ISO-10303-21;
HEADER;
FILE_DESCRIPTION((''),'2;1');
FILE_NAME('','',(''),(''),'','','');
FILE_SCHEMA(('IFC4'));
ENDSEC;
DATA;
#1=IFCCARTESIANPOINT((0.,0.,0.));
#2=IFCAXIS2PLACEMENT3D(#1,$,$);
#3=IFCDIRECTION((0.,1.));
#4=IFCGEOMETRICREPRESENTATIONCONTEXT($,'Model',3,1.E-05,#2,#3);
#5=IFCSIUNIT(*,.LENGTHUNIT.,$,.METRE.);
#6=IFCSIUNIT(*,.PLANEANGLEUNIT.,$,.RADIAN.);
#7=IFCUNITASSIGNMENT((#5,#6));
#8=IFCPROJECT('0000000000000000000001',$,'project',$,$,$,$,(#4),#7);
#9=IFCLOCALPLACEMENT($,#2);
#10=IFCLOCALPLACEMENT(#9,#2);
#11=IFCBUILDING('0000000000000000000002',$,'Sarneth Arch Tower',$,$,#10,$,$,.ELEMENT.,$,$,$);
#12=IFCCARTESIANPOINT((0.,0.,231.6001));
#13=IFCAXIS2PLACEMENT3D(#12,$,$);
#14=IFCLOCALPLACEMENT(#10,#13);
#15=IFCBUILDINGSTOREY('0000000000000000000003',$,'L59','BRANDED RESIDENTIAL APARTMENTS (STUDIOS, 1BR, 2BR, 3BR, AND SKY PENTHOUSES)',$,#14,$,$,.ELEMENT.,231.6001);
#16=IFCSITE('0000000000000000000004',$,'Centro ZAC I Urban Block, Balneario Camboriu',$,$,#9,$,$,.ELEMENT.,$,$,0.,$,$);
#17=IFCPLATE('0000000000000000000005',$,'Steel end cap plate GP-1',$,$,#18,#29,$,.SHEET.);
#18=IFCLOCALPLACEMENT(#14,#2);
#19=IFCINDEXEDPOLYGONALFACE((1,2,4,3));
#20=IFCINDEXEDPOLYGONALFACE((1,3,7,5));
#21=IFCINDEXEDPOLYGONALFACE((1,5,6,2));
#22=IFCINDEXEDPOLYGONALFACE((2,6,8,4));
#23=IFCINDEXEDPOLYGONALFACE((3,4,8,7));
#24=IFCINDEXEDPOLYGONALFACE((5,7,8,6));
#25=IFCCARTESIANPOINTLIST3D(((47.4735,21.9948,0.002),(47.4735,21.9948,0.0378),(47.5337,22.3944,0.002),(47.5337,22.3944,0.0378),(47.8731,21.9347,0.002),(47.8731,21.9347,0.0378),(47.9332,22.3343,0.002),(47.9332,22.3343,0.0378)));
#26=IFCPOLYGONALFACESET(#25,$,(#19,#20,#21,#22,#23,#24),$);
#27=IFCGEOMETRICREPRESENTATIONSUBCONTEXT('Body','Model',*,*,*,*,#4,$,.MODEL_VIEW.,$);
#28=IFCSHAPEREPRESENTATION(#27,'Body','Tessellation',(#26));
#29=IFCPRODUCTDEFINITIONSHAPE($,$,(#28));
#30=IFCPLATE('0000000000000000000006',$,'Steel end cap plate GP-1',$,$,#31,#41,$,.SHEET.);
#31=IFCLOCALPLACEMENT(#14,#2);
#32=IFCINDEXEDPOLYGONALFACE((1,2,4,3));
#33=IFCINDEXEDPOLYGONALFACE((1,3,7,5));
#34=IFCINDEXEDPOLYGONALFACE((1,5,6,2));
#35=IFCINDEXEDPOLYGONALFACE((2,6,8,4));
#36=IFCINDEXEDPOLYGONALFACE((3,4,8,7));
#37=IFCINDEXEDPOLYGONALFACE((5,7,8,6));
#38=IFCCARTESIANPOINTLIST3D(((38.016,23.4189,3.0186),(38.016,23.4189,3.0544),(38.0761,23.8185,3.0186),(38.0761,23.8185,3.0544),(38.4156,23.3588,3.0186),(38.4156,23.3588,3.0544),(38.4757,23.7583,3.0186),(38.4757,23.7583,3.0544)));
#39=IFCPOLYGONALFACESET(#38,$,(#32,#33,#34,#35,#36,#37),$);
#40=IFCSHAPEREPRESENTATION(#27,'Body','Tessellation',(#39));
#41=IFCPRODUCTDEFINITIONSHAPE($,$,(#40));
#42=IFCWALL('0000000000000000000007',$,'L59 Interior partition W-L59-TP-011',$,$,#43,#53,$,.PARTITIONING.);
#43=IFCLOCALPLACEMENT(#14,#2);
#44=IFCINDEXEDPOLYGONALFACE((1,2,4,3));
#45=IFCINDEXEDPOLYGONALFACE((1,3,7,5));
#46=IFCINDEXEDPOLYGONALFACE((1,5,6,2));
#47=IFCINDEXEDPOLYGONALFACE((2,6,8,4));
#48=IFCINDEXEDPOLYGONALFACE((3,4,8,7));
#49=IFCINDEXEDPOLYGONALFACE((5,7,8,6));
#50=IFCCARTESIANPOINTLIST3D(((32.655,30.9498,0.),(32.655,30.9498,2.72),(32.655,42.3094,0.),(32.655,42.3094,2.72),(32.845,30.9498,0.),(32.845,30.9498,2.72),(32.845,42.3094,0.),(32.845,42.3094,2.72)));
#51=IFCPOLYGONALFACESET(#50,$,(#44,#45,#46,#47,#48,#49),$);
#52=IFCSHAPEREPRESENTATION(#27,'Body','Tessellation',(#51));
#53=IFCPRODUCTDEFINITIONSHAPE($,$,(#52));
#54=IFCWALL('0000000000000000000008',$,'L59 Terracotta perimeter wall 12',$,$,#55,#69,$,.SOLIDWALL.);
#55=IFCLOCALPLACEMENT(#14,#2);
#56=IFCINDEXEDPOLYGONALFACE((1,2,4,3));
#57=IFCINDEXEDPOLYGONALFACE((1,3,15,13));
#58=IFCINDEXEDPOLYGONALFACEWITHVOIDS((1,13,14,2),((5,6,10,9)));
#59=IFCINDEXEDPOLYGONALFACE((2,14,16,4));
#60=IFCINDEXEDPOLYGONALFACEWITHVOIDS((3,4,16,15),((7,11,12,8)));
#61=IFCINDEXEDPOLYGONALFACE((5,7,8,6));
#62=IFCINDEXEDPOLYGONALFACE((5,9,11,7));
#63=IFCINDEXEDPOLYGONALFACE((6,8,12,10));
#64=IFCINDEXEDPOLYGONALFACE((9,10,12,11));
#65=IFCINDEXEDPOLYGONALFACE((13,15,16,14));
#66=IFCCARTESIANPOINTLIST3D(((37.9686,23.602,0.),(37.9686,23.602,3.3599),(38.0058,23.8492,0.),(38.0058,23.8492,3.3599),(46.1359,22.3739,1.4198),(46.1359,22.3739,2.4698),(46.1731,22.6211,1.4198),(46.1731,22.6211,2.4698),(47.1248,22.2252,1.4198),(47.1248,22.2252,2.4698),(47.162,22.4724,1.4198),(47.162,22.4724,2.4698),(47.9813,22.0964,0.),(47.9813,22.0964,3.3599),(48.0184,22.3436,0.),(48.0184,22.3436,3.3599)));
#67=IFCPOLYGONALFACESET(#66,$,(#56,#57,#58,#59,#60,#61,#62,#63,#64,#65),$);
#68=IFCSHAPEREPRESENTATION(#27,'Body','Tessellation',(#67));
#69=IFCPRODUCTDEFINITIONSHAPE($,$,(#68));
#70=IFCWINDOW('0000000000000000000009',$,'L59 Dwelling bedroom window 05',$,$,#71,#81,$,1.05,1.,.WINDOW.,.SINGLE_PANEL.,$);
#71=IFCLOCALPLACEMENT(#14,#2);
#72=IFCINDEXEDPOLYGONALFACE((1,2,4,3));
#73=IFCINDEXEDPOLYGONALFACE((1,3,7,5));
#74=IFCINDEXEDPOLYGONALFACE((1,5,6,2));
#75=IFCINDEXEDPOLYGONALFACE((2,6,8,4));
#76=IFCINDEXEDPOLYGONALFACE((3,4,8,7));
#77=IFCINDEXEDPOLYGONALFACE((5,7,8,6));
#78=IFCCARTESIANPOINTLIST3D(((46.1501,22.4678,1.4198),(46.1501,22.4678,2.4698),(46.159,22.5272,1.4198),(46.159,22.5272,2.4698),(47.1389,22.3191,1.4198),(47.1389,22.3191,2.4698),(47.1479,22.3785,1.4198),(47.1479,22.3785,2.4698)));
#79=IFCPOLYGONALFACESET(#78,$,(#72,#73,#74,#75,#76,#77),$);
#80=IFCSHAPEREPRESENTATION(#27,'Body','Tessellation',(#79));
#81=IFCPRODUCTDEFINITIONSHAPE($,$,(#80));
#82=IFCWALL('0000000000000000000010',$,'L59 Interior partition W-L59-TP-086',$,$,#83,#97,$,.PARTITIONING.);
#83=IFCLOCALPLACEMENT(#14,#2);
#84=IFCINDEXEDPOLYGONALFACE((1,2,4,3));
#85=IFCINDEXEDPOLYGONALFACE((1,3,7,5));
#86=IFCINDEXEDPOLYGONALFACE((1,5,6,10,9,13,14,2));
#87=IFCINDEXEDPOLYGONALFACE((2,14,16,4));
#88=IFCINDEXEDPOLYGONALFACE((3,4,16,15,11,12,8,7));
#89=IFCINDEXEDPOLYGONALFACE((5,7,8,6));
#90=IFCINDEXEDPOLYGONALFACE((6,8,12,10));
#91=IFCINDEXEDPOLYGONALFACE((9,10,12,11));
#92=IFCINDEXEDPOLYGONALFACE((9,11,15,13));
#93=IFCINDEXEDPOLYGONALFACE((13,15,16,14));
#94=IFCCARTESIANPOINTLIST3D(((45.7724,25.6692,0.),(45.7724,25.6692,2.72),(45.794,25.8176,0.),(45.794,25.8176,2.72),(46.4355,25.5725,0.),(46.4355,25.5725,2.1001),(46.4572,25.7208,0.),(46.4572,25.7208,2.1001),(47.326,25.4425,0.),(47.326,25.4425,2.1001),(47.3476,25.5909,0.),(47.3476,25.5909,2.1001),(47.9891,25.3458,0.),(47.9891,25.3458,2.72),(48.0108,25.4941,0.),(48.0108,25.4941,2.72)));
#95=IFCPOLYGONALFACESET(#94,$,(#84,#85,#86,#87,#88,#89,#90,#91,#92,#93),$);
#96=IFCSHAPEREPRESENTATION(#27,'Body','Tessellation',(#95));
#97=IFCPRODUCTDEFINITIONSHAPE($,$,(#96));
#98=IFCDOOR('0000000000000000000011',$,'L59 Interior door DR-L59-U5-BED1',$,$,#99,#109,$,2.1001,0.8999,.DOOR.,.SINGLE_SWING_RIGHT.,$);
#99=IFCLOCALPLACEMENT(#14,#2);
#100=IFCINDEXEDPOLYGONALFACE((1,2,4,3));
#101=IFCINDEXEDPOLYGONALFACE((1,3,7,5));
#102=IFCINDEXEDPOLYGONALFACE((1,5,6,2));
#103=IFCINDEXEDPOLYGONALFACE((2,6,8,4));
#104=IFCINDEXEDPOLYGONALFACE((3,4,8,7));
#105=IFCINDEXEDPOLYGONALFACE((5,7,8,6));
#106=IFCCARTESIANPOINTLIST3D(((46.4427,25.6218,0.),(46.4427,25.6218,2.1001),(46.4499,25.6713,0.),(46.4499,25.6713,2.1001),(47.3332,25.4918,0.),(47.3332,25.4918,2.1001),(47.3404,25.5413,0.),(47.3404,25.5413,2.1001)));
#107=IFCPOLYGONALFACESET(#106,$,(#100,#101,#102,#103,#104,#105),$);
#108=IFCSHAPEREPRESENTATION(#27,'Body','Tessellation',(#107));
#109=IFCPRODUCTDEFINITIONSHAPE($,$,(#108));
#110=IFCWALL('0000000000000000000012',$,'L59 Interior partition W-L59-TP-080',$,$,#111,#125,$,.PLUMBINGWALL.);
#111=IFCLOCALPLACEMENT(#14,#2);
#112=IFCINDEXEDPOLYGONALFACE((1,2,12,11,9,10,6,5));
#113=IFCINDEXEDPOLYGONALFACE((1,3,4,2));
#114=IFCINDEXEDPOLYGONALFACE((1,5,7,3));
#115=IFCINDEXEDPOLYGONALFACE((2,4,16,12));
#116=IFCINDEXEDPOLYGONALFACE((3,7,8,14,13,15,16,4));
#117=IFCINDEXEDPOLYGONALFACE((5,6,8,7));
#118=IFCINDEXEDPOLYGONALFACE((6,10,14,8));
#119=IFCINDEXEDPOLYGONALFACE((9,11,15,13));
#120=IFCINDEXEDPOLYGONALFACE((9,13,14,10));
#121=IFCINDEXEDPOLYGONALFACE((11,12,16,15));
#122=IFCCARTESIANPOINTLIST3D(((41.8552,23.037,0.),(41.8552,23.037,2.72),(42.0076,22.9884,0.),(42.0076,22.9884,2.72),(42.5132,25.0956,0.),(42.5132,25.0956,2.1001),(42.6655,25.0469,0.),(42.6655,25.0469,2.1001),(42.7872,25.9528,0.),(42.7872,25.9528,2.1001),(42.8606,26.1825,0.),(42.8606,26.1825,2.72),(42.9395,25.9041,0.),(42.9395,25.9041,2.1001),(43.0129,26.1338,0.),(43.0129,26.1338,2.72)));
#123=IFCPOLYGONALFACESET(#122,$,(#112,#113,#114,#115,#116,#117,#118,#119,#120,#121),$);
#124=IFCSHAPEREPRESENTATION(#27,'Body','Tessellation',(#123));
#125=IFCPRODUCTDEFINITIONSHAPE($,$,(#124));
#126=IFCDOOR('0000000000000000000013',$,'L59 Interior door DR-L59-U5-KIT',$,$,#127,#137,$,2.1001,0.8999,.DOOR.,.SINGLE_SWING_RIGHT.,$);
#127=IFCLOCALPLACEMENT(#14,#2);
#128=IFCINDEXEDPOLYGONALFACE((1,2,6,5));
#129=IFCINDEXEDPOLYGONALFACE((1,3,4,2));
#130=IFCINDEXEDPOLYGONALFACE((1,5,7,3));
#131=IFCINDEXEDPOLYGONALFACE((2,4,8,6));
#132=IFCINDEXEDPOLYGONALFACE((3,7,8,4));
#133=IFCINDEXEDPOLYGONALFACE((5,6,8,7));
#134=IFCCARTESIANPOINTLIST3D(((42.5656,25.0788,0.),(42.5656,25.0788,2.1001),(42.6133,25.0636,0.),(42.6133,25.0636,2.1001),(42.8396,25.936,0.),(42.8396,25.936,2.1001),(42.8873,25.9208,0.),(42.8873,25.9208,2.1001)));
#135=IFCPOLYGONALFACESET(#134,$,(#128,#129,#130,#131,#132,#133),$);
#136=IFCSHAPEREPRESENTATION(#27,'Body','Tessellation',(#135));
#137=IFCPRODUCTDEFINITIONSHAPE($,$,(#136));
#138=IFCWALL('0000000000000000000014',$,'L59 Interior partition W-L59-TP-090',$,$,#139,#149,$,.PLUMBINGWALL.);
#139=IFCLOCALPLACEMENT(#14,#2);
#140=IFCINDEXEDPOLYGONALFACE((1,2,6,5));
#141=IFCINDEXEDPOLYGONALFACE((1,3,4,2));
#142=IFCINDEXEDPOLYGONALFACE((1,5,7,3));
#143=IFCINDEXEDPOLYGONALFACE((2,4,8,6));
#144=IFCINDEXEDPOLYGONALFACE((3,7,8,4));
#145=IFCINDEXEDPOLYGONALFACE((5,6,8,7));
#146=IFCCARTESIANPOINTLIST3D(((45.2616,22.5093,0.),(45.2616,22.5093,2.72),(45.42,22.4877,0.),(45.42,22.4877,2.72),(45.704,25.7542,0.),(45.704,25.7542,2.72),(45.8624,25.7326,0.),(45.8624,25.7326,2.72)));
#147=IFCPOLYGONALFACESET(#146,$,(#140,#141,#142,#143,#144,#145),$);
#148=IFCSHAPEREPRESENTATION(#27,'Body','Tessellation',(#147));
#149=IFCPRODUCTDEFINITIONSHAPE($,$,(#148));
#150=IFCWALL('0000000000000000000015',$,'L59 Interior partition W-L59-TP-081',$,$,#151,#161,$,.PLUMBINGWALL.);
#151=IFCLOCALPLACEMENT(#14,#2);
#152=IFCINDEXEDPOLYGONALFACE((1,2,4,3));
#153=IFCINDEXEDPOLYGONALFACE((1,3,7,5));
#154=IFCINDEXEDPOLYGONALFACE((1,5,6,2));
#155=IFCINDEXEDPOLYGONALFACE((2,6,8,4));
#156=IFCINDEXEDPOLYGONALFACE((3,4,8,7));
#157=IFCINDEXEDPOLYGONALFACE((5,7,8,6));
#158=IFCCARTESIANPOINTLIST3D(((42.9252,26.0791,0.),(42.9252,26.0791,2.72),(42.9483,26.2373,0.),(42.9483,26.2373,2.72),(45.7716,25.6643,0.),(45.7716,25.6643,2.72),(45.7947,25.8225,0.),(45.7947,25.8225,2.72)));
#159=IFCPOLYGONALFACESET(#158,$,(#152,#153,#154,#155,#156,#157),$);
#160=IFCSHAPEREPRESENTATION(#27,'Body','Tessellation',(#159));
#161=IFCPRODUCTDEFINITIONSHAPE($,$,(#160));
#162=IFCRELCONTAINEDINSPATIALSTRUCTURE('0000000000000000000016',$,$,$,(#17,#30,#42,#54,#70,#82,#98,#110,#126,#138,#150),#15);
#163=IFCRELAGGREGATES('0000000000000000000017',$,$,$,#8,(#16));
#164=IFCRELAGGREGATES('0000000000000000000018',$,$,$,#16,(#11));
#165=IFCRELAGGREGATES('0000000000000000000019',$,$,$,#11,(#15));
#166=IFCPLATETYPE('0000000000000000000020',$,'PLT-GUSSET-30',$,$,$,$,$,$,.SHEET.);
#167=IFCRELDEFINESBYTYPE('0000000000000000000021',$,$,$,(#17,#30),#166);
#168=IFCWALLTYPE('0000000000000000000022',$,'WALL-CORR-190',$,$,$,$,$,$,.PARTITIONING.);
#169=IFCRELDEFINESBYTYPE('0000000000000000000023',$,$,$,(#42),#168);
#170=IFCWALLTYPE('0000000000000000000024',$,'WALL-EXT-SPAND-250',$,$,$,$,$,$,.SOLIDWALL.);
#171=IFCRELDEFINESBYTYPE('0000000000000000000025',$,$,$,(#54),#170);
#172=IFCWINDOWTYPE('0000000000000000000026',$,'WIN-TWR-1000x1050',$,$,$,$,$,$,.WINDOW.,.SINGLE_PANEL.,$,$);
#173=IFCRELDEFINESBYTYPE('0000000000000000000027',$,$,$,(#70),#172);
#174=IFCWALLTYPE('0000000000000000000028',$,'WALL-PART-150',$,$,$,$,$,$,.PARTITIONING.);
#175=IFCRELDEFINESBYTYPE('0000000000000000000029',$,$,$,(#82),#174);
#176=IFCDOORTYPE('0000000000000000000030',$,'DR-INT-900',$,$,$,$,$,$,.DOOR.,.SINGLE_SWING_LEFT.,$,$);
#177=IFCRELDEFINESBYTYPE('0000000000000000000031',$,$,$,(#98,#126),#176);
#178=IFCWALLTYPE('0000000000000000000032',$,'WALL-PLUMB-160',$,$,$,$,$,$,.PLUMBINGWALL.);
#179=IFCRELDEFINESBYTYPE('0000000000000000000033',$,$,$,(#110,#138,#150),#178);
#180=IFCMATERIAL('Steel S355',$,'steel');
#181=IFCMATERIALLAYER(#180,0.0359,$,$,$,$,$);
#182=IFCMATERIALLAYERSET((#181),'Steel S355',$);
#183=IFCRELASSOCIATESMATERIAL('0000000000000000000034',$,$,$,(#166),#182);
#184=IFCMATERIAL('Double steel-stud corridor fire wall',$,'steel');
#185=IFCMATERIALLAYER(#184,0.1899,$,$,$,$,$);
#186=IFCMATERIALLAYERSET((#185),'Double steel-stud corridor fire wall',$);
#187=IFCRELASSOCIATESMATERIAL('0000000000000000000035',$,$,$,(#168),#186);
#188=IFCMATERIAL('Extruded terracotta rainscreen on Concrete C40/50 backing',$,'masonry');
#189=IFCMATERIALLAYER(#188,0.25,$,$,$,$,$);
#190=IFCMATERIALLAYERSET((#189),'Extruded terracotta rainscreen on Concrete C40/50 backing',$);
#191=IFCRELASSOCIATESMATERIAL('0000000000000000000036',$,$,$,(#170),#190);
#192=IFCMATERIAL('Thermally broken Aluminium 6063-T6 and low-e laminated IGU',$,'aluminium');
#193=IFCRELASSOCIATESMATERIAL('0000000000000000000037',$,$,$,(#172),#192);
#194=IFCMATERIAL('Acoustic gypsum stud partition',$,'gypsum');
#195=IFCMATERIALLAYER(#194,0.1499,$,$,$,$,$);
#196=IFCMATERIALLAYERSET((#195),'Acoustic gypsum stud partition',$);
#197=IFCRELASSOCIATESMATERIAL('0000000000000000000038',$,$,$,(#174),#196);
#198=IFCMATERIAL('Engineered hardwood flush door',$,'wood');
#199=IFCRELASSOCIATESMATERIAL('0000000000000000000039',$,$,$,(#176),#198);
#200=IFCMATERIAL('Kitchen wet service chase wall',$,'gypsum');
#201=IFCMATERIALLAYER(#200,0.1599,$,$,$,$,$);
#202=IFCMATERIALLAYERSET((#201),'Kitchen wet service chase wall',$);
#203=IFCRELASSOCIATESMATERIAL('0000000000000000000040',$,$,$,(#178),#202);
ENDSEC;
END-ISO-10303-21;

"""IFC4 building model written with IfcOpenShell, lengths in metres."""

from ifc_helpers import new_model, si_unit, direction, frame, frame_2d, origin, origin_2d, place, context, subcontext, project, spatial, rectangle, extrude, material, layer, layer_set, type_object, element, fill, save


model = new_model("IFC4")

# Units and contexts
model_context = context("Model", 3, precision=1e-05, world=origin(), true_north=direction((0.0, 1.0)))
body_context = subcontext(model_context, "Body", "Model", "MODEL_VIEW")
ifc_project = project(units=[si_unit("LENGTHUNIT", "METRE"), si_unit("PLANEANGLEUNIT", "RADIAN")], contexts=[model_context])

# Site, building, storey
site_placement = place(None, origin())
site = spatial("IfcSite", under=ifc_project, at=site_placement, Name="Centro ZAC I Urban Block, Balneario Camboriu", CompositionType="ELEMENT", RefElevation=0.0)
building_placement = place(site_placement, origin())
building = spatial("IfcBuilding", under=site, at=building_placement, Name="Sarneth Arch Tower", CompositionType="ELEMENT")
storey_placement = place(building_placement, frame((0.0, 0.0, 231.6001)))
storey = spatial("IfcBuildingStorey", under=building, at=storey_placement, Name="L59", Description="BRANDED RESIDENTIAL APARTMENTS (STUDIOS, 1BR, 2BR, 3BR, AND SKY PENTHOUSES)", CompositionType="ELEMENT", Elevation=231.6001)

# Plates
ifc_material_1 = material(Name="Steel S355", Category="steel")
ifc_layer_1 = layer(ifc_material_1, 0.0359)
ifc_layer_set_1 = layer_set([ifc_layer_1], Name="Steel S355")
plate_type = type_object("IfcPlateType", Name="PLT-GUSSET-30", PredefinedType="SHEET", material=ifc_layer_set_1)
for number, where, z_axis, x_axis, name in (
    (1, (47.7034, 22.1646, 0.002), (0.0, 0.0, 1.0), (0.988861, -0.148845, 0.0), "Steel end cap plate GP-1"),
    (2, (38.2458, 23.5886, 3.0186), (0.0, 0.0, 1.0), (0.988861, -0.148845, 0.0), "Steel end cap plate GP-1"),
):
    element("IfcPlate", number, at=place(storey_placement, frame(where, z_axis=z_axis, x_axis=x_axis)), inside=storey, type_object=plate_type, Name=name, PredefinedType="SHEET", context=body_context, shape_type="SweptSolid", body=[
        extrude(rectangle(XDim=0.4041, YDim=0.4041, at=origin_2d()), origin(), (0.0, 0.0, 1.0), 0.0359),
    ])

# Wall
ifc_material_2 = material(Name="Double steel-stud corridor fire wall", Category="steel")
ifc_layer_2 = layer(ifc_material_2, 0.1899)
ifc_layer_set_2 = layer_set([ifc_layer_2], Name="Double steel-stud corridor fire wall")
wall_type_1 = type_object("IfcWallType", Name="WALL-CORR-190", PredefinedType="PARTITIONING", material=ifc_layer_set_2)
wall_1_placement = place(storey_placement, frame((32.75, 30.95, 0.0), z_axis=(0.0, 0.0, 1.0), x_axis=(0.0, 1.0, 0.0)))
element("IfcWall", 3, at=wall_1_placement, inside=storey, type_object=wall_type_1, Name="L59 Interior partition W-L59-TP-011", PredefinedType="PARTITIONING", context=body_context, shape_type="SweptSolid", body=[
    extrude(rectangle(XDim=11.3596, YDim=0.1899, at=frame_2d((5.6797, 0.0))), origin(), (0.0, 0.0, 1.0), 2.72),
])

# Wall, opening, window
ifc_material_3 = material(Name="Extruded terracotta rainscreen on Concrete C40/50 backing", Category="masonry")
ifc_layer_3 = layer(ifc_material_3, 0.25)
ifc_layer_set_3 = layer_set([ifc_layer_3], Name="Extruded terracotta rainscreen on Concrete C40/50 backing")
wall_type_2 = type_object("IfcWallType", Name="WALL-EXT-SPAND-250", PredefinedType="SOLIDWALL", material=ifc_layer_set_3)
wall_2_placement = place(storey_placement, frame((37.9873, 23.7256, 0.0), z_axis=(0.0, 0.0, 1.0), x_axis=(0.988883, -0.148699, 0.0)))
wall_2 = element("IfcWall", 4, at=wall_2_placement, inside=storey, type_object=wall_type_2, Name="L59 Terracotta perimeter wall 12", PredefinedType="SOLIDWALL", context=body_context, shape_type="SweptSolid", body=[
    extrude(rectangle(XDim=10.1252, YDim=0.25, at=frame_2d((5.0625, 0.0))), origin(), (0.0, 0.0, 1.0), 3.3599),
])
opening_1_placement = place(wall_2_placement, frame((8.259, 0.0, 1.4199)))
opening_1 = element("IfcOpeningElement", 5, at=opening_1_placement, cuts=wall_2, PredefinedType="OPENING", context=body_context, shape_type="SweptSolid", body=[
    extrude(rectangle(XDim=1.0, YDim=1.05, at=frame_2d((0.5, 0.5249))), frame((0.0, 0.135, 0.0), z_axis=(0.0, -1.0, 0.0), x_axis=(1.0, 0.0, 0.0)), (0.0, 0.0, 1.0), 0.27),
])
ifc_material_4 = material(Name="Thermally broken Aluminium 6063-T6 and low-e laminated IGU", Category="aluminium")
window_type = type_object("IfcWindowType", Name="WIN-TWR-1000x1050", PartitioningType="SINGLE_PANEL", PredefinedType="WINDOW", material=ifc_material_4)
window_placement = place(opening_1_placement, origin())
window = element("IfcWindow", 6, at=window_placement, inside=storey, type_object=window_type, Name="L59 Dwelling bedroom window 05", OverallHeight=1.05, OverallWidth=1.0, PartitioningType="SINGLE_PANEL", PredefinedType="WINDOW", context=body_context, shape_type="SweptSolid", body=[
    extrude(rectangle(XDim=1.0, YDim=1.05, at=frame_2d((0.5, 0.5249))), frame((0.0, 0.03, 0.0), z_axis=(0.0, -1.0, 0.0), x_axis=(1.0, 0.0, 0.0)), (0.0, 0.0, 1.0), 0.0601),
])
fill(opening_1, window)

# Walls, openings, doors
ifc_material_5 = material(Name="Acoustic gypsum stud partition", Category="gypsum")
ifc_layer_4 = layer(ifc_material_5, 0.1499)
ifc_layer_set_4 = layer_set([ifc_layer_4], Name="Acoustic gypsum stud partition")
wall_type_3 = type_object("IfcWallType", Name="WALL-PART-150", PredefinedType="PARTITIONING", material=ifc_layer_set_4)
wall_3_placement = place(storey_placement, frame((45.7832, 25.7434, 0.0), z_axis=(0.0, 0.0, 1.0), x_axis=(0.98952, -0.144396, 0.0)))
wall_3 = element("IfcWall", 7, at=wall_3_placement, inside=storey, type_object=wall_type_3, Name="L59 Interior partition W-L59-TP-086", PredefinedType="PARTITIONING", context=body_context, shape_type="SweptSolid", body=[
    extrude(rectangle(XDim=2.2402, YDim=0.1499, at=frame_2d((1.1201, 0.0))), origin(), (0.0, 0.0, 1.0), 2.72),
])
opening_2_placement = place(wall_3_placement, frame((0.6702, 0.0, 0.0)))
opening_2 = element("IfcOpeningElement", 8, at=opening_2_placement, cuts=wall_3, PredefinedType="OPENING", context=body_context, shape_type="SweptSolid", body=[
    extrude(rectangle(XDim=0.8999, YDim=2.1001, at=frame_2d((0.45, 1.05))), frame((0.0, 0.085, 0.0), z_axis=(0.0, -1.0, 0.0), x_axis=(1.0, 0.0, 0.0)), (0.0, 0.0, 1.0), 0.1699),
])
ifc_material_6 = material(Name="Engineered hardwood flush door", Category="wood")
door_type_1 = type_object("IfcDoorType", Name="DR-INT-900", OperationType="SINGLE_SWING_LEFT", PredefinedType="DOOR", material=ifc_material_6)
door_1_placement = place(opening_2_placement, origin())
door_1 = element("IfcDoor", 9, at=door_1_placement, inside=storey, type_object=door_type_1, Name="L59 Interior door DR-L59-U5-BED1", OperationType="SINGLE_SWING_RIGHT", OverallHeight=2.1001, OverallWidth=0.8999, PredefinedType="DOOR", context=body_context, shape_type="SweptSolid", body=[
    extrude(rectangle(XDim=0.8999, YDim=2.1001, at=frame_2d((0.45, 1.05))), frame((0.0, 0.0249, 0.0), z_axis=(0.0, -1.0, 0.0), x_axis=(1.0, 0.0, 0.0)), (0.0, 0.0, 1.0), 0.05),
])
fill(opening_2, door_1)
ifc_material_7 = material(Name="Kitchen wet service chase wall", Category="gypsum")
ifc_layer_5 = layer(ifc_material_7, 0.1599)
ifc_layer_set_5 = layer_set([ifc_layer_5], Name="Kitchen wet service chase wall")
wall_type_4 = type_object("IfcWallType", Name="WALL-PLUMB-160", PredefinedType="PLUMBINGWALL", material=ifc_layer_set_5)
wall_4_placement = place(storey_placement, frame((41.9314, 23.0127, 0.0), z_axis=(0.0, 0.0, 1.0), x_axis=(0.304448, 0.952529, 0.0)))
wall_4 = element("IfcWall", 10, at=wall_4_placement, inside=storey, type_object=wall_type_4, Name="L59 Interior partition W-L59-TP-080", PredefinedType="PLUMBINGWALL", context=body_context, shape_type="SweptSolid", body=[
    extrude(rectangle(XDim=3.3022, YDim=0.1599, at=frame_2d((1.6511, 0.0))), origin(), (0.0, 0.0, 1.0), 2.72),
])
opening_3_placement = place(wall_4_placement, frame((2.1611, 0.0, 0.0)))
opening_3 = element("IfcOpeningElement", 11, at=opening_3_placement, cuts=wall_4, PredefinedType="OPENING", context=body_context, shape_type="SweptSolid", body=[
    extrude(rectangle(XDim=0.8999, YDim=2.1001, at=frame_2d((0.45, 1.05))), frame((0.0, 0.0898, 0.0), z_axis=(0.0, -1.0, 0.0), x_axis=(1.0, 0.0, 0.0)), (0.0, 0.0, 1.0), 0.1799),
])
door_2_placement = place(opening_3_placement, origin())
door_2 = element("IfcDoor", 12, at=door_2_placement, inside=storey, type_object=door_type_1, Name="L59 Interior door DR-L59-U5-KIT", OperationType="SINGLE_SWING_RIGHT", OverallHeight=2.1001, OverallWidth=0.8999, PredefinedType="DOOR", context=body_context, shape_type="SweptSolid", body=[
    extrude(rectangle(XDim=0.8999, YDim=2.1001, at=frame_2d((0.45, 1.05))), frame((0.0, 0.0249, 0.0), z_axis=(0.0, -1.0, 0.0), x_axis=(1.0, 0.0, 0.0)), (0.0, 0.0, 1.0), 0.05),
])
fill(opening_3, door_2)

# Walls
wall_5_placement = place(storey_placement, frame((45.3408, 22.4985, 0.0), z_axis=(0.0, 0.0, 1.0), x_axis=(0.135083, 0.990834, 0.0)))
element("IfcWall", 13, at=wall_5_placement, inside=storey, type_object=wall_type_4, Name="L59 Interior partition W-L59-TP-090", PredefinedType="PLUMBINGWALL", context=body_context, shape_type="SweptSolid", body=[
    extrude(rectangle(XDim=3.2749, YDim=0.1599, at=frame_2d((1.6375, 0.0))), origin(), (0.0, 0.0, 1.0), 2.72),
])
wall_6_placement = place(storey_placement, frame((42.9368, 26.1582, 0.0), z_axis=(0.0, 0.0, 1.0), x_axis=(0.989548, -0.144201, 0.0)))
element("IfcWall", 14, at=wall_6_placement, inside=storey, type_object=wall_type_4, Name="L59 Interior partition W-L59-TP-081", PredefinedType="PLUMBINGWALL", context=body_context, shape_type="SweptSolid", body=[
    extrude(rectangle(XDim=2.8765, YDim=0.1599, at=frame_2d((1.4382, 0.0))), origin(), (0.0, 0.0, 1.0), 2.72),
])

save(model, "model.ifc")
